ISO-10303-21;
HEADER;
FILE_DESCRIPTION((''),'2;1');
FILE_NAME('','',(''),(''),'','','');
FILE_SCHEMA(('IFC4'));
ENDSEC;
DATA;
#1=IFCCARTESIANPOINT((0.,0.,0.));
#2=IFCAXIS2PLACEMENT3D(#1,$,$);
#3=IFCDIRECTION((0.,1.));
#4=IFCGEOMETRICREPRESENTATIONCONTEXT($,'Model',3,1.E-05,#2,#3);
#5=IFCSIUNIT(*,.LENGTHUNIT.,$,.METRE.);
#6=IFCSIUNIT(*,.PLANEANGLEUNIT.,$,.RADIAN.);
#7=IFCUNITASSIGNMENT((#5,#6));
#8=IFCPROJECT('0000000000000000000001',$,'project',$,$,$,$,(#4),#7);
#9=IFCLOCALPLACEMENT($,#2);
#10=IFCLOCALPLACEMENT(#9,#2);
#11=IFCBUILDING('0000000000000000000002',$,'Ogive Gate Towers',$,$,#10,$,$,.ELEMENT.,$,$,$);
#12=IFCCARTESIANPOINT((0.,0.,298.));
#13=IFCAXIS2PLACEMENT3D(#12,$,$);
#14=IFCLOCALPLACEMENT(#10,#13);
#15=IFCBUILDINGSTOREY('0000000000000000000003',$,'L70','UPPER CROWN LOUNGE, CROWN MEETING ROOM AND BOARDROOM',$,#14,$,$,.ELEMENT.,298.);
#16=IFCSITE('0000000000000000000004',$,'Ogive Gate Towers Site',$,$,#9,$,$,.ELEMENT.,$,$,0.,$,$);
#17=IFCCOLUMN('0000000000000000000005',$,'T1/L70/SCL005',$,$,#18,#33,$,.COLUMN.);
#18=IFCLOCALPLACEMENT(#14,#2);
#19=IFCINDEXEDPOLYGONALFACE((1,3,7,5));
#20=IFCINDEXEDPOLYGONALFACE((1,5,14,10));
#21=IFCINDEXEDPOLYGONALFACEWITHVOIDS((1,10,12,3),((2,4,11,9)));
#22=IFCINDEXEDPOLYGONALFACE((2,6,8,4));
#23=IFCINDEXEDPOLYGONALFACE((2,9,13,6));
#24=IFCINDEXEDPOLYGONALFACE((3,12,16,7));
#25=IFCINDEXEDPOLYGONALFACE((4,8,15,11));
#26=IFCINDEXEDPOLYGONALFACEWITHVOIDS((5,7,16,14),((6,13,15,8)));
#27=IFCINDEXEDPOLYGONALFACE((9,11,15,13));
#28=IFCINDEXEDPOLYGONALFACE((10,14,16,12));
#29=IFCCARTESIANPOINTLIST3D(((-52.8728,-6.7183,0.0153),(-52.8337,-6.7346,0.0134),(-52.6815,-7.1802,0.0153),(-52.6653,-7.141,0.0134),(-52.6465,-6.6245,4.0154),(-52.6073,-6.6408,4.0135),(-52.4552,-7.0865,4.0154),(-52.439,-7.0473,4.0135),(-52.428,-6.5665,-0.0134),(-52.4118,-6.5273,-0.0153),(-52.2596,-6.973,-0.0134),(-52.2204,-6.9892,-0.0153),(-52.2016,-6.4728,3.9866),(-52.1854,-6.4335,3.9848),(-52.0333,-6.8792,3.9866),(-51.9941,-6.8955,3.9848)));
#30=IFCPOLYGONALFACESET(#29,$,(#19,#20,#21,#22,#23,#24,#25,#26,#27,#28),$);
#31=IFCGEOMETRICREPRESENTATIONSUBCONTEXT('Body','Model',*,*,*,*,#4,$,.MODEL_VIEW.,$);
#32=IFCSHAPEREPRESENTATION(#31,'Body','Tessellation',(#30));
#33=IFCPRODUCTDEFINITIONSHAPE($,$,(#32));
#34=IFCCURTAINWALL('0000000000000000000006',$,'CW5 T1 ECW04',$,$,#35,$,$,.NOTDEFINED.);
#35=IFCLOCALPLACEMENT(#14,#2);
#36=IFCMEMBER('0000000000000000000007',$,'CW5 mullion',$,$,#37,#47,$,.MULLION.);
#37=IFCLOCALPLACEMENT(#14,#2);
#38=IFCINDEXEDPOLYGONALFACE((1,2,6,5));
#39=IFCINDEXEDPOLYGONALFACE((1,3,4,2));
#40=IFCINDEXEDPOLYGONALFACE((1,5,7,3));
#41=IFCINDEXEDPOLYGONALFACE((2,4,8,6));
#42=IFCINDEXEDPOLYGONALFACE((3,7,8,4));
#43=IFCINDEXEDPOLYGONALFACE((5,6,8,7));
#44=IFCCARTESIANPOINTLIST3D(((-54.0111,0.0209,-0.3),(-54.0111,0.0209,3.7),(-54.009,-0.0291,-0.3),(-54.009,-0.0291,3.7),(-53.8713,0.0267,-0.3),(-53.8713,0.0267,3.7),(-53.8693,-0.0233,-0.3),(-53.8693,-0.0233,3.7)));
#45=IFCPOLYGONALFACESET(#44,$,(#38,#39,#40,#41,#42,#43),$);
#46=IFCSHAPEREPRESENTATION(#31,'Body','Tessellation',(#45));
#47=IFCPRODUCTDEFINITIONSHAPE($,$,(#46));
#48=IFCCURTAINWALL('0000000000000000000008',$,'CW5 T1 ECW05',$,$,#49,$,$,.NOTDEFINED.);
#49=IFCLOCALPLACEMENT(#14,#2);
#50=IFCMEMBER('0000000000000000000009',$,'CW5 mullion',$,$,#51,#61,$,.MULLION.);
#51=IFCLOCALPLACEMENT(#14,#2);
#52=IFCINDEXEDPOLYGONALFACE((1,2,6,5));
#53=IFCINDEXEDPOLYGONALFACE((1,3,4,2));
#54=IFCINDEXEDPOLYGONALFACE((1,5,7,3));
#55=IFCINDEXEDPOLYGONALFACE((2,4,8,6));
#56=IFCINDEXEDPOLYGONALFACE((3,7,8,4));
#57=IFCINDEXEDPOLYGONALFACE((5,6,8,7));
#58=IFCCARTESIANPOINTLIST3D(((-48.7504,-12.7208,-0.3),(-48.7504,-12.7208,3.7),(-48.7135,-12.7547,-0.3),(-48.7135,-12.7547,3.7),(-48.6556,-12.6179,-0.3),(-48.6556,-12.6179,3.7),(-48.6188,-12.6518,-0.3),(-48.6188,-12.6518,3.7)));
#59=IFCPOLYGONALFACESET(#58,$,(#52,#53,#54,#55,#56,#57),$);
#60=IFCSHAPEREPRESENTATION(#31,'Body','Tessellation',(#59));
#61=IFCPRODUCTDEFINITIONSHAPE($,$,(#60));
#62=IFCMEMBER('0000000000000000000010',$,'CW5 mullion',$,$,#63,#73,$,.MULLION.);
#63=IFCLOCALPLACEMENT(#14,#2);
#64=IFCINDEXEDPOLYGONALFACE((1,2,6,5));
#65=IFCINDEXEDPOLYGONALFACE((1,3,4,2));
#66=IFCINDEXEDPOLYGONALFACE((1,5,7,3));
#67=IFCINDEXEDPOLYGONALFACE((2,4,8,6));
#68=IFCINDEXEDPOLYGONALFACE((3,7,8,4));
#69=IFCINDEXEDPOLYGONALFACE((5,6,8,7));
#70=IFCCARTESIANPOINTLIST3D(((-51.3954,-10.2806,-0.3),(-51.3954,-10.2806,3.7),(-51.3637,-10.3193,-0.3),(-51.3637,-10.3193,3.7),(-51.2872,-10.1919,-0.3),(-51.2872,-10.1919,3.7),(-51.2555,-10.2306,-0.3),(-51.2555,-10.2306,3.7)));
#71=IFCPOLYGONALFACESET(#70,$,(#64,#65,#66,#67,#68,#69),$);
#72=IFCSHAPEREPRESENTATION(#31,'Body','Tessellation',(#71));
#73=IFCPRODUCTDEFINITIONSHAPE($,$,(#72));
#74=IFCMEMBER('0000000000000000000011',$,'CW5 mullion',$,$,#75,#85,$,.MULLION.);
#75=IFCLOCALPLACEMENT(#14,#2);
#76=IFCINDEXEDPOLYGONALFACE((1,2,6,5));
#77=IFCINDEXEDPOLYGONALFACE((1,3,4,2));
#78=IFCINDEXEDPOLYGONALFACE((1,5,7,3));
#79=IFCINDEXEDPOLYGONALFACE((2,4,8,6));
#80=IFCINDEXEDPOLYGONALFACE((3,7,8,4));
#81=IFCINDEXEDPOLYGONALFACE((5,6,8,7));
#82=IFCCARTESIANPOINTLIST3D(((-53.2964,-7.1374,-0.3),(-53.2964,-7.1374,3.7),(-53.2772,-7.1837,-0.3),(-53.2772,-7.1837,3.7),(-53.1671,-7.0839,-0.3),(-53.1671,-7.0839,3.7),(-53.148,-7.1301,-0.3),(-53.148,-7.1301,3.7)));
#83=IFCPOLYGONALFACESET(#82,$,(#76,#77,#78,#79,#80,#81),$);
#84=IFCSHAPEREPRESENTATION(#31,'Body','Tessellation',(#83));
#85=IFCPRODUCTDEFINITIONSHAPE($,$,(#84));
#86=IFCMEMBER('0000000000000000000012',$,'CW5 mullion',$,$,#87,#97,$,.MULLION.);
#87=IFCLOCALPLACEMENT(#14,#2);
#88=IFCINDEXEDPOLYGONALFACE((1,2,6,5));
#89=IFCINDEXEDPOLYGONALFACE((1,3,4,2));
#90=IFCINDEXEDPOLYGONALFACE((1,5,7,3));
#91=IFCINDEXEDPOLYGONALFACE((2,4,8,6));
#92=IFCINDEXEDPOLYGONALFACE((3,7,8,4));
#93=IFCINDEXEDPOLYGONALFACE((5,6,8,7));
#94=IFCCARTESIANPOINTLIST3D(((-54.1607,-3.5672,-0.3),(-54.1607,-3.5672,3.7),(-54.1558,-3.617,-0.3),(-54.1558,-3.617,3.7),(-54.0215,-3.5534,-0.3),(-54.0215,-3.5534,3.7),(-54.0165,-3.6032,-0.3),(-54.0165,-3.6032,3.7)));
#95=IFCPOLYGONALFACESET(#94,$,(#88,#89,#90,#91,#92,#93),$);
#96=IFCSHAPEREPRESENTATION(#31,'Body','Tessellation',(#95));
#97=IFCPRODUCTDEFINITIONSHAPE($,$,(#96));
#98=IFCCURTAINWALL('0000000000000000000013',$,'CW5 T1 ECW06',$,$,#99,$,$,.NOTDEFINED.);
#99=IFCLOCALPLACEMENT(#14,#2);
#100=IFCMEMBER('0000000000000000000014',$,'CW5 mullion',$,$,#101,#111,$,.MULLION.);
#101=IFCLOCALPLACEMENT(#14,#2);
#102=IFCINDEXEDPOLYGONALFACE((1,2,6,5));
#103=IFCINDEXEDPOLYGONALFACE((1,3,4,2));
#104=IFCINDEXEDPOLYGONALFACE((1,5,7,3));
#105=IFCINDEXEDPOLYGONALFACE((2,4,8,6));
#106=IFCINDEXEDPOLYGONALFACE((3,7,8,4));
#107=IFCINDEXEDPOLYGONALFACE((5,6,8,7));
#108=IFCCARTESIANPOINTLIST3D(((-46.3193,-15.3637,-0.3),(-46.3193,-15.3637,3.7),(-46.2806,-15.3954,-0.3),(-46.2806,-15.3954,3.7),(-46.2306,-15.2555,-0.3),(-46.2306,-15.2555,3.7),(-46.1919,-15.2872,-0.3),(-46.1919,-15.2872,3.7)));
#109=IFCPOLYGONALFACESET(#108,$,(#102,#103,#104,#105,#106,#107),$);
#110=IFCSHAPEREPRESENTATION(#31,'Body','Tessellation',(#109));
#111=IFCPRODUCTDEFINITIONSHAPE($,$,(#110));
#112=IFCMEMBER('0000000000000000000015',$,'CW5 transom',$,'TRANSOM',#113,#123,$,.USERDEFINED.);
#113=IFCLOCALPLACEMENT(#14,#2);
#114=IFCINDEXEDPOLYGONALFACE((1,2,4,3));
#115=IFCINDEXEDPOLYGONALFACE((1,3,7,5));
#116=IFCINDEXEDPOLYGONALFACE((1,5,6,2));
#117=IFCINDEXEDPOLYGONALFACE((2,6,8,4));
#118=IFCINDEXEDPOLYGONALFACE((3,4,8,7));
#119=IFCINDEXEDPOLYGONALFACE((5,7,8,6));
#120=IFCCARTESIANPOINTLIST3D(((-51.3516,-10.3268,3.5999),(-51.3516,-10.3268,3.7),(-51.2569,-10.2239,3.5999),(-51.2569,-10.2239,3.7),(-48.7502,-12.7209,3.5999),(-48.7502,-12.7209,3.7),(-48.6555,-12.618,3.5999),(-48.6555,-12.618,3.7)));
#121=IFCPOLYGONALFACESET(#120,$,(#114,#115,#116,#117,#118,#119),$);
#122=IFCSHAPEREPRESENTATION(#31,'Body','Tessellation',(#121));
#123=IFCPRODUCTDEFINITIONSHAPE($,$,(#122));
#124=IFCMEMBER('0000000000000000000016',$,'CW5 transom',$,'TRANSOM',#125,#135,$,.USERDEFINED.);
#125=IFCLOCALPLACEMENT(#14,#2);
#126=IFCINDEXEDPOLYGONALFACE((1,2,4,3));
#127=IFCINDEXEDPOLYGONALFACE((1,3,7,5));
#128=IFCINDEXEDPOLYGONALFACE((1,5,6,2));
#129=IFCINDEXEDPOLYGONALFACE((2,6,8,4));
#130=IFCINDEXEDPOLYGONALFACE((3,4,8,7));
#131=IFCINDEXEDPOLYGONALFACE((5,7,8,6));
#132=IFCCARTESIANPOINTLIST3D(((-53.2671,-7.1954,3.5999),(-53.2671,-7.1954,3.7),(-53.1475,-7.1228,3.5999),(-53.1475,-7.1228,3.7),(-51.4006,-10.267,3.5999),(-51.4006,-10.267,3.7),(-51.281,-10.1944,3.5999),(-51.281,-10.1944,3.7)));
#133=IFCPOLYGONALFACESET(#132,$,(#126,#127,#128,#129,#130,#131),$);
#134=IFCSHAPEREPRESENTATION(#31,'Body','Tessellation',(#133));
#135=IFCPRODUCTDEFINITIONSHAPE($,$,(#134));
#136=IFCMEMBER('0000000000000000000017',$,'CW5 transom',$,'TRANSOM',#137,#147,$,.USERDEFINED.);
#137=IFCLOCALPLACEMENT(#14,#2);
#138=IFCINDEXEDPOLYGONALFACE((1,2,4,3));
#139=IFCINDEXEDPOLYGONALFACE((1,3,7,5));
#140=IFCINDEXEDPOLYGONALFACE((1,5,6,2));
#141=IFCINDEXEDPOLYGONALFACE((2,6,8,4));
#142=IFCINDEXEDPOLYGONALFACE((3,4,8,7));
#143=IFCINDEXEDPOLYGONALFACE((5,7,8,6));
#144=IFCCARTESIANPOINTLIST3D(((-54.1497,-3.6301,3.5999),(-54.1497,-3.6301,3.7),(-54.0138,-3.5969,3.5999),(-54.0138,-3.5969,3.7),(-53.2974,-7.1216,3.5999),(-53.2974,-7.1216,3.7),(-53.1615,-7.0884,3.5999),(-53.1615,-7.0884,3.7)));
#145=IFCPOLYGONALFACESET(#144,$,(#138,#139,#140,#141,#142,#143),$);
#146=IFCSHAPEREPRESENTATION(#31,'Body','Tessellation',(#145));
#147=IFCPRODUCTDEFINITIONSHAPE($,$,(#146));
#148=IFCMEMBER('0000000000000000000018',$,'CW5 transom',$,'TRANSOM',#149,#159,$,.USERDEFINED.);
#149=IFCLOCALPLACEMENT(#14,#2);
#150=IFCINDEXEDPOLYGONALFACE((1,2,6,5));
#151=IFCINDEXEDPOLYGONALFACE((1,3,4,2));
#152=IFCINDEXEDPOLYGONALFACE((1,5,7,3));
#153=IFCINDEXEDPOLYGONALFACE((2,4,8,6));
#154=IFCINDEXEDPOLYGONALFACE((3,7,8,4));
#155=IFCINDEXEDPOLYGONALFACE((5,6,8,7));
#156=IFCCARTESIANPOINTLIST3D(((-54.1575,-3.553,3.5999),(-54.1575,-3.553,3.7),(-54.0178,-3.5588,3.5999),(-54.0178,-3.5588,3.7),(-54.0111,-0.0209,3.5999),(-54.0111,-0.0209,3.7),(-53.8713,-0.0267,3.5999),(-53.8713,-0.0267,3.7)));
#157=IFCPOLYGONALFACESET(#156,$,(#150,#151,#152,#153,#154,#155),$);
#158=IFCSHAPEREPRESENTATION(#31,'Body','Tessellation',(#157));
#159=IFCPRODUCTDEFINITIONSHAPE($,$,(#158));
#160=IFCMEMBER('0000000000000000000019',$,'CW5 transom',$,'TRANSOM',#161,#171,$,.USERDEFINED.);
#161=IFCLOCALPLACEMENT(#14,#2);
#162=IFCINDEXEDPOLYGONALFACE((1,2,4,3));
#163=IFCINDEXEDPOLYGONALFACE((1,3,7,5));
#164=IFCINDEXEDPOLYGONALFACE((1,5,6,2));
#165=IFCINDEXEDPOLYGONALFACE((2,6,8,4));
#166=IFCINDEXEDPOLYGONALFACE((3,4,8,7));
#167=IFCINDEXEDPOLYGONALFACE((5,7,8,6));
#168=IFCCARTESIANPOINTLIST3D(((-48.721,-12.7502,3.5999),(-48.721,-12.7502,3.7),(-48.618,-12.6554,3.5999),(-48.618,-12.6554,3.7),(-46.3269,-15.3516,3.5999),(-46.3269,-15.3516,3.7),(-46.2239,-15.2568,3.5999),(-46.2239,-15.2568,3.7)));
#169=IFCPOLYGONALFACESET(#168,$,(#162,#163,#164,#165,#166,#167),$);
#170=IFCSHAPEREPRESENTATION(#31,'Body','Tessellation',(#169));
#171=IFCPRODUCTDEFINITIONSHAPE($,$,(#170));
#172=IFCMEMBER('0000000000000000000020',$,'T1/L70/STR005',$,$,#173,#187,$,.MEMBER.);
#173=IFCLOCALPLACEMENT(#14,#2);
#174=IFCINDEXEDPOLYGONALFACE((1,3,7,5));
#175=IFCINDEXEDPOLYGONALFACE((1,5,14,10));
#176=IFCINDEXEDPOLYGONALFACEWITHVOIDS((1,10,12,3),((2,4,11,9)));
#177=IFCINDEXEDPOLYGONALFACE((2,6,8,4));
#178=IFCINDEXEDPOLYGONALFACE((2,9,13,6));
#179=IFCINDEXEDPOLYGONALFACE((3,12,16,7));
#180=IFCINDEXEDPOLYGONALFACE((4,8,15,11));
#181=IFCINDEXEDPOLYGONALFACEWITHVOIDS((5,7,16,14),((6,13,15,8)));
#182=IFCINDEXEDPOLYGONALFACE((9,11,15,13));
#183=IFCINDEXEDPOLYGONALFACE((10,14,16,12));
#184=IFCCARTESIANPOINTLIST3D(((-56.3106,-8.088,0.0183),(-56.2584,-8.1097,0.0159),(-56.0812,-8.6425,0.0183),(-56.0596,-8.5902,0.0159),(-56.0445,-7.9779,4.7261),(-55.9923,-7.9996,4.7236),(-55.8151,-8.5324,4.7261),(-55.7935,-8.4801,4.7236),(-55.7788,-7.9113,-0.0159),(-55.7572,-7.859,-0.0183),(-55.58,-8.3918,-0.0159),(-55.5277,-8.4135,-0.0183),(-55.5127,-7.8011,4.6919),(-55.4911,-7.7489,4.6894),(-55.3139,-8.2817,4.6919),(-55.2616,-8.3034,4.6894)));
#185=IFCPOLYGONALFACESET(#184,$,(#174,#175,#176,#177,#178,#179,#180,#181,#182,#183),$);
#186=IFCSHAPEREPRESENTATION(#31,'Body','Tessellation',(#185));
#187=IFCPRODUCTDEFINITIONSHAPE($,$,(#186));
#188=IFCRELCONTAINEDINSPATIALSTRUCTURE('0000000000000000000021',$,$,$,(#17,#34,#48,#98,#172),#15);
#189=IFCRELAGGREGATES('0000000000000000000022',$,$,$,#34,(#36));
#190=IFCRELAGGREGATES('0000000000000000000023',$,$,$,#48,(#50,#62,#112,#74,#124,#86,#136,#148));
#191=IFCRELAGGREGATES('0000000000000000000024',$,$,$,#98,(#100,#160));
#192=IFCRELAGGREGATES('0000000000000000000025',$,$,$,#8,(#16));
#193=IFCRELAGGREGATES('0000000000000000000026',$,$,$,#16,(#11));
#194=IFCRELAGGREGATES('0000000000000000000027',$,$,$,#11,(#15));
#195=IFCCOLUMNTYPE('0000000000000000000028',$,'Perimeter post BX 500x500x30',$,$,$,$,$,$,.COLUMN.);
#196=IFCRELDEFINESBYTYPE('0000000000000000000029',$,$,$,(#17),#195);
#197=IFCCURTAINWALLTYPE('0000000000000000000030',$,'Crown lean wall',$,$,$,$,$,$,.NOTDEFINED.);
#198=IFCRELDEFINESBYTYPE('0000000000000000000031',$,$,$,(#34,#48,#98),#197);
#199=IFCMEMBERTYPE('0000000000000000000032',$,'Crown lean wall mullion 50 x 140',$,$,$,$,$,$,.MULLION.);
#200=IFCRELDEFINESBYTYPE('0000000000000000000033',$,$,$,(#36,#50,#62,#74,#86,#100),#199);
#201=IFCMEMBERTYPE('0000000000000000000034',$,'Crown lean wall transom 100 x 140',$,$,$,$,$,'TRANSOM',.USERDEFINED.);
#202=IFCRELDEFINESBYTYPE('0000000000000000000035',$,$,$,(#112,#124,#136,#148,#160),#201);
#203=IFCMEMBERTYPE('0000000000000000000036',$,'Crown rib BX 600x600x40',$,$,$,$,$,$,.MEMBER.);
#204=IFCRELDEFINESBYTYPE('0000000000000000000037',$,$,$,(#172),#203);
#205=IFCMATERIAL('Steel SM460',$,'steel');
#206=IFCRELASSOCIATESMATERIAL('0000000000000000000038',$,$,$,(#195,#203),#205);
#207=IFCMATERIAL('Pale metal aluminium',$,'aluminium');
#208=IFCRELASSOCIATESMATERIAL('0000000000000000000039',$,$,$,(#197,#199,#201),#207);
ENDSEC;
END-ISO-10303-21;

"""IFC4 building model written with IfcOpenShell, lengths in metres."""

from ifc_helpers import new_model, si_unit, direction, frame, origin, origin_2d, place, context, subcontext, project, spatial, rectangle, hollow_rectangle, extrude, material, material_profile, profile_set, type_object, element, aggregate, save


model = new_model("IFC4")

# Units and contexts
model_context = context("Model", 3, precision=1e-05, world=origin(), true_north=direction((0.0, 1.0)))
body_context = subcontext(model_context, "Body", "Model", "MODEL_VIEW")
ifc_project = project(units=[si_unit("LENGTHUNIT", "METRE"), si_unit("PLANEANGLEUNIT", "RADIAN")], contexts=[model_context])

# Site, building, storey
site_placement = place(None, origin())
site = spatial("IfcSite", under=ifc_project, at=site_placement, Name="Ogive Gate Towers Site", CompositionType="ELEMENT", RefElevation=0.0)
building_placement = place(site_placement, origin())
building = spatial("IfcBuilding", under=site, at=building_placement, Name="Ogive Gate Towers", CompositionType="ELEMENT")
storey_placement = place(building_placement, frame((0.0, 0.0, 298.0)))
storey = spatial("IfcBuildingStorey", under=building, at=storey_placement, Name="L70", Description="UPPER CROWN LOUNGE, CROWN MEETING ROOM AND BOARDROOM", CompositionType="ELEMENT", Elevation=298.0)

# Column
ifc_material_1 = material(Name="Steel SM460", Category="steel")
ifc_material_profile_1 = material_profile(ifc_material_1, hollow_rectangle(XDim=0.5, YDim=0.5, WallThickness=0.03, at=origin_2d()), Name="BX 500x500x30")
ifc_profile_set_1 = profile_set([ifc_material_profile_1], Name="Steel SM460")
column_type = type_object("IfcColumnType", Name="Perimeter post BX 500x500x30", PredefinedType="COLUMN", material=ifc_profile_set_1)
column_placement = place(storey_placement, frame((-52.5466, -6.8538, 0.0), z_axis=(0.056474, 0.023394, 0.99813), x_axis=(-0.382704, 0.923871, 0.0)))
element("IfcColumn", 1, at=column_placement, inside=storey, type_object=column_type, Name="T1/L70/SCL005", PredefinedType="COLUMN", context=body_context, shape_type="SweptSolid", body=[
    extrude(hollow_rectangle(XDim=0.5, YDim=0.5, WallThickness=0.03, at=origin_2d()), origin(), (0.0, 0.0, 1.0), 4.0076),
])

# Curtain wall, member
ifc_material_2 = material(Name="Pale metal aluminium", Category="aluminium")
curtain_wall_type = type_object("IfcCurtainWallType", Name="Crown lean wall", PredefinedType="NOTDEFINED", material=ifc_material_2)
curtain_wall_1_placement = place(storey_placement, origin())
curtain_wall_1 = element("IfcCurtainWall", 2, at=curtain_wall_1_placement, inside=storey, type_object=curtain_wall_type, Name="CW5 T1 ECW04", PredefinedType="NOTDEFINED")
ifc_material_profile_2 = material_profile(ifc_material_2, rectangle(XDim=0.1399, YDim=0.05, at=origin_2d()), Name="50 x 140 aluminium box")
ifc_profile_set_2 = profile_set([ifc_material_profile_2], Name="Pale metal aluminium")
member_type_1 = type_object("IfcMemberType", Name="Crown lean wall mullion 50 x 140", PredefinedType="MULLION", material=ifc_profile_set_2)
member_1_placement = place(storey_placement, frame((-53.9402, -0.0012, -0.3), z_axis=(0.0, 0.0, 1.0), x_axis=(0.999141, 0.04144, 0.0)))
member_1 = element("IfcMember", 3, at=member_1_placement, type_object=member_type_1, Name="CW5 mullion", PredefinedType="MULLION", context=body_context, shape_type="SweptSolid", body=[
    extrude(rectangle(XDim=0.1399, YDim=0.05, at=origin_2d()), origin(), (0.0, 0.0, 1.0), 4.0),
])
aggregate(curtain_wall_1, [member_1])

# Curtain wall, members
curtain_wall_2_placement = place(storey_placement, origin())
curtain_wall_2 = element("IfcCurtainWall", 4, at=curtain_wall_2_placement, inside=storey, type_object=curtain_wall_type, Name="CW5 T1 ECW05", PredefinedType="NOTDEFINED")
member_2_placement = place(storey_placement, frame((-48.6846, -12.6863, -0.3), z_axis=(0.0, 0.0, 1.0), x_axis=(0.677184, 0.735813, 0.0)))
member_2 = element("IfcMember", 5, at=member_2_placement, type_object=member_type_1, Name="CW5 mullion", PredefinedType="MULLION", context=body_context, shape_type="SweptSolid", body=[
    extrude(rectangle(XDim=0.1399, YDim=0.05, at=origin_2d()), origin(), (0.0, 0.0, 1.0), 4.0),
])
member_3_placement = place(storey_placement, frame((-51.3254, -10.2556, -0.3), z_axis=(0.0, 0.0, 1.0), x_axis=(0.77352, 0.633772, 0.0)))
member_3 = element("IfcMember", 6, at=member_3_placement, type_object=member_type_1, Name="CW5 mullion", PredefinedType="MULLION", context=body_context, shape_type="SweptSolid", body=[
    extrude(rectangle(XDim=0.1399, YDim=0.05, at=origin_2d()), origin(), (0.0, 0.0, 1.0), 4.0),
])
member_4_placement = place(storey_placement, frame((-53.2222, -7.1338, -0.3), z_axis=(0.0, 0.0, 1.0), x_axis=(0.92388, 0.382683, 0.0)))
member_4 = element("IfcMember", 7, at=member_4_placement, type_object=member_type_1, Name="CW5 mullion", PredefinedType="MULLION", context=body_context, shape_type="SweptSolid", body=[
    extrude(rectangle(XDim=0.1399, YDim=0.05, at=origin_2d()), origin(), (0.0, 0.0, 1.0), 4.0),
])
member_5_placement = place(storey_placement, frame((-54.0886, -3.5852, -0.3), z_axis=(0.0, 0.0, 1.0), x_axis=(0.995104, 0.098833, 0.0)))
member_5 = element("IfcMember", 8, at=member_5_placement, type_object=member_type_1, Name="CW5 mullion", PredefinedType="MULLION", context=body_context, shape_type="SweptSolid", body=[
    extrude(rectangle(XDim=0.1399, YDim=0.05, at=origin_2d()), origin(), (0.0, 0.0, 1.0), 4.0),
])

# Curtain wall, member
curtain_wall_3_placement = place(storey_placement, origin())
curtain_wall_3 = element("IfcCurtainWall", 9, at=curtain_wall_3_placement, inside=storey, type_object=curtain_wall_type, Name="CW5 T1 ECW06", PredefinedType="NOTDEFINED")
member_6_placement = place(storey_placement, frame((-46.2556, -15.3254, -0.3), z_axis=(0.0, 0.0, 1.0), x_axis=(0.633772, 0.77352, 0.0)))
member_6 = element("IfcMember", 10, at=member_6_placement, type_object=member_type_1, Name="CW5 mullion", PredefinedType="MULLION", context=body_context, shape_type="SweptSolid", body=[
    extrude(rectangle(XDim=0.1399, YDim=0.05, at=origin_2d()), origin(), (0.0, 0.0, 1.0), 4.0),
])

# Members
ifc_material_profile_3 = material_profile(ifc_material_2, rectangle(XDim=0.1399, YDim=0.1001, at=origin_2d()), Name="100 x 140 aluminium box")
ifc_profile_set_3 = profile_set([ifc_material_profile_3], Name="Pale metal aluminium")
member_type_2 = type_object("IfcMemberType", Name="Crown lean wall transom 100 x 140", ElementType="TRANSOM", PredefinedType="USERDEFINED", material=ifc_profile_set_3)
member_7_placement = place(storey_placement, frame((-48.7029, -12.6694, 3.6499), z_axis=(-0.735814, 0.677184, 0.0), x_axis=(-0.677184, -0.735814, 0.0)))
member_7 = element("IfcMember", 11, at=member_7_placement, type_object=member_type_2, Name="CW5 transom", ObjectType="TRANSOM", PredefinedType="USERDEFINED", context=body_context, shape_type="SweptSolid", body=[
    extrude(rectangle(XDim=0.1399, YDim=0.1001, at=origin_2d()), origin(), (0.0, 0.0, 1.0), 3.5354),
])
member_8_placement = place(storey_placement, frame((-51.3408, -10.2307, 3.6499), z_axis=(-0.519302, 0.854591, 0.0), x_axis=(-0.854591, -0.519302, 0.0)))
member_8 = element("IfcMember", 12, at=member_8_placement, type_object=member_type_2, Name="CW5 transom", ObjectType="TRANSOM", PredefinedType="USERDEFINED", context=body_context, shape_type="SweptSolid", body=[
    extrude(rectangle(XDim=0.1399, YDim=0.1001, at=origin_2d()), origin(), (0.0, 0.0, 1.0), 3.5942),
])
member_9_placement = place(storey_placement, frame((-53.2295, -7.105, 3.6499), z_axis=(-0.237145, 0.971474, 0.0), x_axis=(-0.971474, -0.237145, 0.0)))
member_9 = element("IfcMember", 13, at=member_9_placement, type_object=member_type_2, Name="CW5 transom", ObjectType="TRANSOM", PredefinedType="USERDEFINED", context=body_context, shape_type="SweptSolid", body=[
    extrude(rectangle(XDim=0.1399, YDim=0.1001, at=origin_2d()), origin(), (0.0, 0.0, 1.0), 3.594),
])
member_10_placement = place(storey_placement, frame((-54.0876, -3.5559, 3.6499), z_axis=(0.041435, 0.999141, 0.0), x_axis=(-0.999141, 0.041435, 0.0)))
member_10 = element("IfcMember", 14, at=member_10_placement, type_object=member_type_2, Name="CW5 transom", ObjectType="TRANSOM", PredefinedType="USERDEFINED", context=body_context, shape_type="SweptSolid", body=[
    extrude(rectangle(XDim=0.1399, YDim=0.1001, at=origin_2d()), origin(), (0.0, 0.0, 1.0), 3.5352),
])
member_11_placement = place(storey_placement, frame((-46.2754, -15.3042, 3.6499), z_axis=(-0.677184, 0.735814, 0.0), x_axis=(-0.735814, -0.677184, 0.0)))
member_11 = element("IfcMember", 15, at=member_11_placement, type_object=member_type_2, Name="CW5 transom", ObjectType="TRANSOM", PredefinedType="USERDEFINED", context=body_context, shape_type="SweptSolid", body=[
    extrude(rectangle(XDim=0.1399, YDim=0.1001, at=origin_2d()), origin(), (0.0, 0.0, 1.0), 3.5354),
])

# Member
ifc_material_profile_4 = material_profile(ifc_material_1, hollow_rectangle(XDim=0.6001, YDim=0.6001, WallThickness=0.04, at=origin_2d()), Name="BX 600x600x40")
ifc_profile_set_4 = profile_set([ifc_material_profile_4], Name="Steel SM460")
member_type_3 = type_object("IfcMemberType", Name="Crown rib BX 600x600x40", PredefinedType="MEMBER", material=ifc_profile_set_4)
member_12_placement = place(storey_placement, frame((-55.9192, -8.2507, 0.0), z_axis=(0.056421, 0.023345, 0.998134), x_axis=(-0.382327, 0.924027, 0.0)))
element("IfcMember", 16, at=member_12_placement, inside=storey, type_object=member_type_3, Name="T1/L70/STR005", PredefinedType="MEMBER", context=body_context, shape_type="SweptSolid", body=[
    extrude(hollow_rectangle(XDim=0.6001, YDim=0.6001, WallThickness=0.04, at=origin_2d()), origin(), (0.0, 0.0, 1.0), 4.7166),
])

aggregate(curtain_wall_2, [member_2, member_3, member_7, member_4, member_8, member_5, member_9, member_10])
aggregate(curtain_wall_3, [member_6, member_11])

save(model, "model.ifc")
